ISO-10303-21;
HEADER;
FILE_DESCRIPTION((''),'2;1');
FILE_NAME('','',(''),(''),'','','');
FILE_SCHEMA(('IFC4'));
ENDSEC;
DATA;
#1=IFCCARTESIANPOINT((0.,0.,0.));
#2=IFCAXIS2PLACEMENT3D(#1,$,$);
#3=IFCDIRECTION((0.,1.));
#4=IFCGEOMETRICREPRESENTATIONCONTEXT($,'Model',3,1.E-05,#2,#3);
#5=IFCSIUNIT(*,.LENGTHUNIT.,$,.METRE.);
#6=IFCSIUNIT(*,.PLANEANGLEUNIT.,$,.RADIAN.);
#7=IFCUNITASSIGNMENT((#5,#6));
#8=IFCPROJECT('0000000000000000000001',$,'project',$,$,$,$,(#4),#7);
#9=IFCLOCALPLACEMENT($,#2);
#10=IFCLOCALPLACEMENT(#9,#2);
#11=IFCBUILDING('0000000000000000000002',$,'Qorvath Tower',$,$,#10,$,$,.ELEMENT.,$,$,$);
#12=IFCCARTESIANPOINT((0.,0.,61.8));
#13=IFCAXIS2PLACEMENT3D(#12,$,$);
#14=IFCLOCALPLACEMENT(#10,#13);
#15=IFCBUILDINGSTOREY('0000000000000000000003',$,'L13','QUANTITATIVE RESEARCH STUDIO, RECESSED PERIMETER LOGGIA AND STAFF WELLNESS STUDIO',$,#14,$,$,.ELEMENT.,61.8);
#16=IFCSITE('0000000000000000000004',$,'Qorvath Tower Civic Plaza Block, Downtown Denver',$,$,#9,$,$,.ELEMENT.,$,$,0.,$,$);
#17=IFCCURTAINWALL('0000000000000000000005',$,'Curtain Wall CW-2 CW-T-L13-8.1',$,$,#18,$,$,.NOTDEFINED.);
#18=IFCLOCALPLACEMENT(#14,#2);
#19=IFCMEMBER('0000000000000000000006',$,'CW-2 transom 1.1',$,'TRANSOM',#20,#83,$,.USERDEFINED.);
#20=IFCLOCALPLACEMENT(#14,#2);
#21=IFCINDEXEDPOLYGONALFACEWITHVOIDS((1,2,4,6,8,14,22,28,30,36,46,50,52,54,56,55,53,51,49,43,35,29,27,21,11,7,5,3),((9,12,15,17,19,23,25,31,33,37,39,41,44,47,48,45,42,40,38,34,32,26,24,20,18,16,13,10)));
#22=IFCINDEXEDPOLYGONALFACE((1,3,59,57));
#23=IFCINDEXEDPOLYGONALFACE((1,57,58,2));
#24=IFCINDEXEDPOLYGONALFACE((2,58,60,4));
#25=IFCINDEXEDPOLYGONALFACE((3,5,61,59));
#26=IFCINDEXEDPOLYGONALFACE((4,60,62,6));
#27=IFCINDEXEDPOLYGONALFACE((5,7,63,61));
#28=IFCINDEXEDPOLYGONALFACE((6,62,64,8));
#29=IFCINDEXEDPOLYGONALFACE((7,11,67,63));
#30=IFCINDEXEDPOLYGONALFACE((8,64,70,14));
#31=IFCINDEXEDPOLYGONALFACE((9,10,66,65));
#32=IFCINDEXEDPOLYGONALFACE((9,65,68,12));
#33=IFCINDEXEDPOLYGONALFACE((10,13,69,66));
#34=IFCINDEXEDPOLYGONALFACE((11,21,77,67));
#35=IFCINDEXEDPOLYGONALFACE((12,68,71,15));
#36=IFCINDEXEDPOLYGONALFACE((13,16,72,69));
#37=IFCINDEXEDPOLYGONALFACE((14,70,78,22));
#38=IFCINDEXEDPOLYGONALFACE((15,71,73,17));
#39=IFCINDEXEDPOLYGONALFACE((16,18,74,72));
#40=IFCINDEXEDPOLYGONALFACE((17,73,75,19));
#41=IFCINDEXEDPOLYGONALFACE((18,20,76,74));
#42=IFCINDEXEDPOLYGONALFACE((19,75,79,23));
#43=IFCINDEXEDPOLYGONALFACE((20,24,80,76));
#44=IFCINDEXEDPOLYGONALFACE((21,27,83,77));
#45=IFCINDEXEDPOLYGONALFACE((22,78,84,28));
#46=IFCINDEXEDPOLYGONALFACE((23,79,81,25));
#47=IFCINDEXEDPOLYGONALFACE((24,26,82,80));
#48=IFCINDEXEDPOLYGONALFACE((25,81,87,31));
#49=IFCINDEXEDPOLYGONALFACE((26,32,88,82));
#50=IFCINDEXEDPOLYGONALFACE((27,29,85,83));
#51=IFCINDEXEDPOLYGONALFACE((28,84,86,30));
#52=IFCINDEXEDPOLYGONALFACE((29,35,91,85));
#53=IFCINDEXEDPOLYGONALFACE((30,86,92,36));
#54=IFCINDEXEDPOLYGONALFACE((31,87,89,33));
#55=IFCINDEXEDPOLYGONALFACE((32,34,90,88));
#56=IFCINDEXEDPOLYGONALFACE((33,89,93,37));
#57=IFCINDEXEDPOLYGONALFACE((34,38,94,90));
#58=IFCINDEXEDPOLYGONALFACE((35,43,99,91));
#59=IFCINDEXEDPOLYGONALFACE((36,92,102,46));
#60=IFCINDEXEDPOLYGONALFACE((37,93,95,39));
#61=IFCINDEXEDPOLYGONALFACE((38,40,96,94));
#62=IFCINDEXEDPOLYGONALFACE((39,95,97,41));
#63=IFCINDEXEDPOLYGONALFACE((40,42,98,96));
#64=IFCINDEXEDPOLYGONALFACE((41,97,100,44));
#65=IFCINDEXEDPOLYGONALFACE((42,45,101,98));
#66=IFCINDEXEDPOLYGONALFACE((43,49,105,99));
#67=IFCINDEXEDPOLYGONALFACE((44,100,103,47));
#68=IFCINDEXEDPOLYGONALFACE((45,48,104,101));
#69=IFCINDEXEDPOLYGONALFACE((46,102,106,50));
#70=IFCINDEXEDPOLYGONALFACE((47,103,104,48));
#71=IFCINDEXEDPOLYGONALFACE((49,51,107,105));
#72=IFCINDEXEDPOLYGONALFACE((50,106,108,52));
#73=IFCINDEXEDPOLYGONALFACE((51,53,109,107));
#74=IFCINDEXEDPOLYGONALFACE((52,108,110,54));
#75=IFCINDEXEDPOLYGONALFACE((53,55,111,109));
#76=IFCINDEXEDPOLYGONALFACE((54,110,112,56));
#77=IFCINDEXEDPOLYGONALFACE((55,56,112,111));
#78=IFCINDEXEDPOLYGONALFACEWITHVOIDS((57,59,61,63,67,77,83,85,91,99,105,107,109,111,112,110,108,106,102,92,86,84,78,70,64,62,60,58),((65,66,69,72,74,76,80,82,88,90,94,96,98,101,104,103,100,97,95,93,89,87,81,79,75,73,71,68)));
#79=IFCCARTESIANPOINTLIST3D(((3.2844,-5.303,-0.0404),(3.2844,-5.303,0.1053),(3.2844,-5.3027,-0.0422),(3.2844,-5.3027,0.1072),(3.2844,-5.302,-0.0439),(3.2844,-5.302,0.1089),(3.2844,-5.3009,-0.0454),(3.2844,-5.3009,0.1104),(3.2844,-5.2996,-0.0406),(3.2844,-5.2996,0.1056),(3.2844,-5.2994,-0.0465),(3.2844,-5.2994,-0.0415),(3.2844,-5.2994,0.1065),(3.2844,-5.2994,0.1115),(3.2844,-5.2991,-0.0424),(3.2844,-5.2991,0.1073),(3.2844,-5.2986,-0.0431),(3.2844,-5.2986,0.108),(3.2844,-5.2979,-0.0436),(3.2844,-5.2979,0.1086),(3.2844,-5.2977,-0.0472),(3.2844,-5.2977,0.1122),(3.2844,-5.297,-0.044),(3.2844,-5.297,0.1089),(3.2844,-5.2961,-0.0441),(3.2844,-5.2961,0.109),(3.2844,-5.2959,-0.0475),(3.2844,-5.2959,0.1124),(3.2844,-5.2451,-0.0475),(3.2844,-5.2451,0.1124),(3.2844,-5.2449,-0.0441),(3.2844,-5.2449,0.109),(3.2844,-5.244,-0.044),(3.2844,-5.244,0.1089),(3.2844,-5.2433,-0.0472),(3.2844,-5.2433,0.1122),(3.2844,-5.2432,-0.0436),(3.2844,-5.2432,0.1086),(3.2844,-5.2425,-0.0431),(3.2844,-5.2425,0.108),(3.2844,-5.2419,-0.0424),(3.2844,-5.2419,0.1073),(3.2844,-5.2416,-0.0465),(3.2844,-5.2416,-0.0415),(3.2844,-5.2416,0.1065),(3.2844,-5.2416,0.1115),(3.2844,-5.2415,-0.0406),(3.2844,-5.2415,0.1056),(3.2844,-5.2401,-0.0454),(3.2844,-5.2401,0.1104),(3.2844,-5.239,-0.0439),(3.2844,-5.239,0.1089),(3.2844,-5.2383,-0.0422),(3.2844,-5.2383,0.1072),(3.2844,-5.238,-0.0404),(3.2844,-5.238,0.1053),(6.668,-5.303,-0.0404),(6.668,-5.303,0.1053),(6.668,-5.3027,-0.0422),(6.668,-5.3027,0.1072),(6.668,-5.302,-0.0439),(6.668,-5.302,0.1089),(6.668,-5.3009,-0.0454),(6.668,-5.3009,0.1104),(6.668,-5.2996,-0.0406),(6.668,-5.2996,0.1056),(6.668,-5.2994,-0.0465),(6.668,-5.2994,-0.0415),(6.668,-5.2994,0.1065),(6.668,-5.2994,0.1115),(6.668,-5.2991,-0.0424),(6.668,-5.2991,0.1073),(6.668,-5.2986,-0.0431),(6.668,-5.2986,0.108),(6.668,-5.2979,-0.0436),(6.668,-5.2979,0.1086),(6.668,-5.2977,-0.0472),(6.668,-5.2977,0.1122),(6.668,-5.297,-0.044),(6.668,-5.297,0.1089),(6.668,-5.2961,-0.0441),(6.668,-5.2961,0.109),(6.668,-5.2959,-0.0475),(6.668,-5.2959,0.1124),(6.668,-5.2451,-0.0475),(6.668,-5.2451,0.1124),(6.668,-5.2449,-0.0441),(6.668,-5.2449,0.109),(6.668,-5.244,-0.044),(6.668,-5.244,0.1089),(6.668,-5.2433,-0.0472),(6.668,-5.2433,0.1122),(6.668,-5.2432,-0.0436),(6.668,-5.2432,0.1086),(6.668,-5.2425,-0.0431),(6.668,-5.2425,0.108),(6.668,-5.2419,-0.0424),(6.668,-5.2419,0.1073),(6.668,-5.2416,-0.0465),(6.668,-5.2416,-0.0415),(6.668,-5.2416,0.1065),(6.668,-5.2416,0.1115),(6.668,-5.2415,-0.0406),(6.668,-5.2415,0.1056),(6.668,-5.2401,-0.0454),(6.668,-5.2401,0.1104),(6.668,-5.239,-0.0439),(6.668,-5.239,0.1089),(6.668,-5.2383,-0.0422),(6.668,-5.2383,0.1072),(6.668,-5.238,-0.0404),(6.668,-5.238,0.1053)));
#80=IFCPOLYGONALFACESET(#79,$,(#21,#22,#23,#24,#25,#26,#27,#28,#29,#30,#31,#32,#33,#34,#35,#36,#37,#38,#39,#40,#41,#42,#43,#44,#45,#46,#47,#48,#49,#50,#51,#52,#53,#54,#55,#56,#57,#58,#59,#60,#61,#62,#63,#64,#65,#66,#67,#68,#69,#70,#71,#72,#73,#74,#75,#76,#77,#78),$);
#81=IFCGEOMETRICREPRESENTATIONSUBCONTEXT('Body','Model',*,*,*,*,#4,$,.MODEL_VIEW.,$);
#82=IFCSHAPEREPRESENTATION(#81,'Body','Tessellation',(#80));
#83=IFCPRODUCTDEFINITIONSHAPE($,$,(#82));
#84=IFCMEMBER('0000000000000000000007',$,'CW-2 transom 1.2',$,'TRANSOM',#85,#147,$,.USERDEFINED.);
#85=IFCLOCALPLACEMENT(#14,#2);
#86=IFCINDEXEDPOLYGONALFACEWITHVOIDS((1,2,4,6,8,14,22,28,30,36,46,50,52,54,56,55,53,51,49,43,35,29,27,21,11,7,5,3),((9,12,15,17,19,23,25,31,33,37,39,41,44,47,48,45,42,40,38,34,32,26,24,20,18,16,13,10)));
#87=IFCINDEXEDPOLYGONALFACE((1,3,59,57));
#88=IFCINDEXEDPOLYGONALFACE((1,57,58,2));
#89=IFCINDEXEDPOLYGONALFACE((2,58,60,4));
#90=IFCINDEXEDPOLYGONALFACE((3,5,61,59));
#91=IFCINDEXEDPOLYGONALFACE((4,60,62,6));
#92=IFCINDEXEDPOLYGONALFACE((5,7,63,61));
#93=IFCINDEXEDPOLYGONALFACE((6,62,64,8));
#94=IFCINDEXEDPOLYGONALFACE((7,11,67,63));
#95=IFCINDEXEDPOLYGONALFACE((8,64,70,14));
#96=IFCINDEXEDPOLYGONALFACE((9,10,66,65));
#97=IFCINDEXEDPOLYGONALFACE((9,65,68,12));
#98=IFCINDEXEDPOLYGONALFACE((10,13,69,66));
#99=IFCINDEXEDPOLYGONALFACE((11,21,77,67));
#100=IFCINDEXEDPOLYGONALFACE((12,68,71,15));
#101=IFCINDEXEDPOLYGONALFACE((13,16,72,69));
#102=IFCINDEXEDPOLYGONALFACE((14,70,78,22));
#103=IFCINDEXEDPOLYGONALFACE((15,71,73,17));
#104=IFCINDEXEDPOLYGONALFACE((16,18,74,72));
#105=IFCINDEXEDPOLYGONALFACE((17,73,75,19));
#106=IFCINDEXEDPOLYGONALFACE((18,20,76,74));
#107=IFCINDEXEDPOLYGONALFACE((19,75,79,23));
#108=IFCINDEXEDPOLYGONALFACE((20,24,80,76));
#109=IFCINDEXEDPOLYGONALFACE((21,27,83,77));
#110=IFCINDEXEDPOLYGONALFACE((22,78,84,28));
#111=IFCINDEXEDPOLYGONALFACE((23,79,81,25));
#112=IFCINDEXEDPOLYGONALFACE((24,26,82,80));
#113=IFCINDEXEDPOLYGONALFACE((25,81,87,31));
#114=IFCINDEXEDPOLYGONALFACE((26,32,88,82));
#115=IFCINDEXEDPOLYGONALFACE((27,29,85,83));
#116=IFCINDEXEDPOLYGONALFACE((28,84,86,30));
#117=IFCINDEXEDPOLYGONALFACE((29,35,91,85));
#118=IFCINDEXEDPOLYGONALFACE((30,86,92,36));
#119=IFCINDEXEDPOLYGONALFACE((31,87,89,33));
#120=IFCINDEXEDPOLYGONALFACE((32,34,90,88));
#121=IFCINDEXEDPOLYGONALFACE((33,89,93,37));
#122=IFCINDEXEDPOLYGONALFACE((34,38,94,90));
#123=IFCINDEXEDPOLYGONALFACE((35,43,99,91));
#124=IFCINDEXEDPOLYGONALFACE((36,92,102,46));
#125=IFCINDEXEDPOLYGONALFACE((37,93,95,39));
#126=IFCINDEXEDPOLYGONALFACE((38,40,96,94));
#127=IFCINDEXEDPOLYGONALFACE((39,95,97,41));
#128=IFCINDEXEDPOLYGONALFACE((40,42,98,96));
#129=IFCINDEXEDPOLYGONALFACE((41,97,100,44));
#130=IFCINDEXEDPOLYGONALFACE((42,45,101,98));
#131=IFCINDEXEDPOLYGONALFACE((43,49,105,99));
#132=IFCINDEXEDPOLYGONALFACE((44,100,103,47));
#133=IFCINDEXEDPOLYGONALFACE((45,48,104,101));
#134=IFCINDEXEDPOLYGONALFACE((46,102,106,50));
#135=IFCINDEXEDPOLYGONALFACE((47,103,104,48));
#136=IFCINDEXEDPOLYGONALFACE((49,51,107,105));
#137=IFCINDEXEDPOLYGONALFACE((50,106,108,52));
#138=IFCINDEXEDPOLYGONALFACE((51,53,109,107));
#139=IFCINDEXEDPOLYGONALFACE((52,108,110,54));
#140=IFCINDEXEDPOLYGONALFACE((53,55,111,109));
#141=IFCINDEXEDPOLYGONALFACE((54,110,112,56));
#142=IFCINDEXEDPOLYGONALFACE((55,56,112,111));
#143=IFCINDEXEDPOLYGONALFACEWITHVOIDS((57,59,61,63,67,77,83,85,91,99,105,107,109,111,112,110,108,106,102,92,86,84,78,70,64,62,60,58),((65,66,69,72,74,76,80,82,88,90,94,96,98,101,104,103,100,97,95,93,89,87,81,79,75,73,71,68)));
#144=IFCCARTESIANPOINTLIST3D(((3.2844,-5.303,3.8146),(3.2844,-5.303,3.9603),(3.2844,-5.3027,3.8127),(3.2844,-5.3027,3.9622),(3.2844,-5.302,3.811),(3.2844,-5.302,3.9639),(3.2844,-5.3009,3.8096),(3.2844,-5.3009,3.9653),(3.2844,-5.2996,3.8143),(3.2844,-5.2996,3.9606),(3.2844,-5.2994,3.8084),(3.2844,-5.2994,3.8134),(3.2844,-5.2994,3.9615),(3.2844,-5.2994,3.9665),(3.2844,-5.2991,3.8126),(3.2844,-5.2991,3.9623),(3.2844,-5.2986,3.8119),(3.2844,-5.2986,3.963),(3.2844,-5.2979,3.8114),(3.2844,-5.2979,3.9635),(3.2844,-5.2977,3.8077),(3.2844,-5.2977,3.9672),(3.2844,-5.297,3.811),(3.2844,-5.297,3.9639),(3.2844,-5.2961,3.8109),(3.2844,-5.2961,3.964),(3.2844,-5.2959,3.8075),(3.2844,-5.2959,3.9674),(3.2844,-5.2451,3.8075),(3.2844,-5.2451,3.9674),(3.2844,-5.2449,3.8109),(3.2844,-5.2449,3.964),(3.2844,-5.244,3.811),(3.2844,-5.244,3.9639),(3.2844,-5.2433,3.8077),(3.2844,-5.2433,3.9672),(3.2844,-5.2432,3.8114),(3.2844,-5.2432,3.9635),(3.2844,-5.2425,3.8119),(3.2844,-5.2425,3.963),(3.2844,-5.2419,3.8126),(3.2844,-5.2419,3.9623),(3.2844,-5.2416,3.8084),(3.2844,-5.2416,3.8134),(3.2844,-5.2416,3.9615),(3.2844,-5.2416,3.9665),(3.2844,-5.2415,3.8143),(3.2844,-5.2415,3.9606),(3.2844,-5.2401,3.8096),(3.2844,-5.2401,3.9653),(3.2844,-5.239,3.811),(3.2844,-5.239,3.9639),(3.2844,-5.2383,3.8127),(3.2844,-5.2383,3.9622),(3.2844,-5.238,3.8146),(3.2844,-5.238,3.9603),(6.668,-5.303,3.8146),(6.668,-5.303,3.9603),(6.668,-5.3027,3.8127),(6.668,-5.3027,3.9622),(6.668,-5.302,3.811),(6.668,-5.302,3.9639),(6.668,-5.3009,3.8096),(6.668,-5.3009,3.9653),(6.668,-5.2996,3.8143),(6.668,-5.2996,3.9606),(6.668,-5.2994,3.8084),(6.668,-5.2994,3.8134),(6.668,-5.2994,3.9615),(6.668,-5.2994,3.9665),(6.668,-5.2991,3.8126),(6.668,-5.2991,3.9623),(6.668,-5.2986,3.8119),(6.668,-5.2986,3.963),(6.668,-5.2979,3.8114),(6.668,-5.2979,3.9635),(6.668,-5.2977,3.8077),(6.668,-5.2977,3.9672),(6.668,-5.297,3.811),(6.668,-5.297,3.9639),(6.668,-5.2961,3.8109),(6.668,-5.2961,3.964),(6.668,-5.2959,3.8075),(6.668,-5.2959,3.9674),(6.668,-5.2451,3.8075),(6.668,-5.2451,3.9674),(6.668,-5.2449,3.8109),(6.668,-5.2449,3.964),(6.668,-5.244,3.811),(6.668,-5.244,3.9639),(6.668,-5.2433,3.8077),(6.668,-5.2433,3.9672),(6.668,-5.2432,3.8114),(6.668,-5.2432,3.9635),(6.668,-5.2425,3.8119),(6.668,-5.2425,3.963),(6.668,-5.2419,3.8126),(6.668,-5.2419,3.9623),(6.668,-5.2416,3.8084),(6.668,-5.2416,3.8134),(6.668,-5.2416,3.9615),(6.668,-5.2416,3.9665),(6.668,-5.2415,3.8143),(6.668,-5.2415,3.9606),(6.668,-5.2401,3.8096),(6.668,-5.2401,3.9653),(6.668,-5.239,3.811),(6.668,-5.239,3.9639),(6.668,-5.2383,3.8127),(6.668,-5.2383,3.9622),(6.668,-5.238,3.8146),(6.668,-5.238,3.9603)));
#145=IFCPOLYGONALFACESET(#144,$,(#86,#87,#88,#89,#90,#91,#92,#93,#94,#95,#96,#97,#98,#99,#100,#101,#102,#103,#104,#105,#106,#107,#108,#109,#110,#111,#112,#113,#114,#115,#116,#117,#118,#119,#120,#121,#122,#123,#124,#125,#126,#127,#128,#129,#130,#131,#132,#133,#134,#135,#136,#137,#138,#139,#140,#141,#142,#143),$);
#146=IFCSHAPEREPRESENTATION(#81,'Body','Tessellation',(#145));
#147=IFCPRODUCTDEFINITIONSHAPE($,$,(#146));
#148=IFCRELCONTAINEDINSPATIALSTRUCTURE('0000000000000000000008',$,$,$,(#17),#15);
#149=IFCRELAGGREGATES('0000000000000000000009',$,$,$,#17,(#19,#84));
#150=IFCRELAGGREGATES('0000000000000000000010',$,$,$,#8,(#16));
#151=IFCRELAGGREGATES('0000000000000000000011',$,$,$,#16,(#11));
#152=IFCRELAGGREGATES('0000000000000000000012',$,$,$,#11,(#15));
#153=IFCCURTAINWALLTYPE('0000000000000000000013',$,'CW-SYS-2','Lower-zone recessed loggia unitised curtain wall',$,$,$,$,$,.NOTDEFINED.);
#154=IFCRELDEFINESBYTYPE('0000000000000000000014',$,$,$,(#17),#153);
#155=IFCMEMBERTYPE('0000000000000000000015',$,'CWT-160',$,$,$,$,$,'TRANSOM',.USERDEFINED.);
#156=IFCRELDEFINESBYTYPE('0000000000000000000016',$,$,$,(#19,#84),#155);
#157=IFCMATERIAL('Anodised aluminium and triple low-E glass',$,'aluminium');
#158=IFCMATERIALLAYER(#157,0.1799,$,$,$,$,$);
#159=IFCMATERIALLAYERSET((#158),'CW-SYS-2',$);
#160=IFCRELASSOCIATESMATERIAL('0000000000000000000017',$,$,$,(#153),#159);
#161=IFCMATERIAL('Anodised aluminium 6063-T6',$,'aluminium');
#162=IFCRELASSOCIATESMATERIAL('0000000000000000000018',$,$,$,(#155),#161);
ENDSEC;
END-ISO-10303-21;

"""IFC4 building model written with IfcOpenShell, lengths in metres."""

from ifc_helpers import new_model, si_unit, direction, frame, origin, origin_2d, place, context, subcontext, project, spatial, hollow_rectangle, extrude, material, layer, layer_set, material_profile, profile_set, type_object, element, aggregate, save


model = new_model("IFC4")

# Units and contexts
model_context = context("Model", 3, precision=1e-05, world=origin(), true_north=direction((0.0, 1.0)))
body_context = subcontext(model_context, "Body", "Model", "MODEL_VIEW")
ifc_project = project(units=[si_unit("LENGTHUNIT", "METRE"), si_unit("PLANEANGLEUNIT", "RADIAN")], contexts=[model_context])

# Site, building, storey
site_placement = place(None, origin())
site = spatial("IfcSite", under=ifc_project, at=site_placement, Name="Qorvath Tower Civic Plaza Block, Downtown Denver", CompositionType="ELEMENT", RefElevation=0.0)
building_placement = place(site_placement, origin())
building = spatial("IfcBuilding", under=site, at=building_placement, Name="Qorvath Tower", CompositionType="ELEMENT")
storey_placement = place(building_placement, frame((0.0, 0.0, 61.8)))
storey = spatial("IfcBuildingStorey", under=building, at=storey_placement, Name="L13", Description="QUANTITATIVE RESEARCH STUDIO, RECESSED PERIMETER LOGGIA AND STAFF WELLNESS STUDIO", CompositionType="ELEMENT", Elevation=61.8)

# Shared definitions
ifc_material_1 = material(Name="Anodised aluminium and triple low-E glass", Category="aluminium")
ifc_layer_1 = layer(ifc_material_1, 0.1799)
ifc_layer_set_1 = layer_set([ifc_layer_1], Name="CW-SYS-2")
curtain_wall_type = type_object("IfcCurtainWallType", Name="CW-SYS-2", Description="Lower-zone recessed loggia unitised curtain wall", PredefinedType="NOTDEFINED", material=ifc_layer_set_1)

# Curtain wall
curtain_wall_1_placement = place(storey_placement, origin())
curtain_wall_1 = element("IfcCurtainWall", 1, at=curtain_wall_1_placement, inside=storey, type_object=curtain_wall_type, Name="Curtain Wall CW-2 CW-T-L13-8.1", PredefinedType="NOTDEFINED")

# Members
ifc_material_2 = material(Name="Anodised aluminium 6063-T6", Category="aluminium")
ifc_material_profile_1 = material_profile(ifc_material_2, hollow_rectangle(XDim=0.0649, YDim=0.1599, WallThickness=0.0034, InnerFilletRadius=0.0034, OuterFilletRadius=0.0071, at=origin_2d()), Name="CWT 160x65")
ifc_profile_set_1 = profile_set([ifc_material_profile_1], Name="Anodised aluminium 6063-T6")
member_type_1 = type_object("IfcMemberType", Name="CWT-160", ElementType="TRANSOM", PredefinedType="USERDEFINED", material=ifc_profile_set_1)
member_1_placement = place(storey_placement, frame((6.668, -5.2705, 0.0325), z_axis=(-1.0, 0.0, 0.0), x_axis=(0.0, -1.0, 0.0)))
member_1 = element("IfcMember", 2, at=member_1_placement, type_object=member_type_1, Name="CW-2 transom 1.1", ObjectType="TRANSOM", PredefinedType="USERDEFINED", context=body_context, shape_type="SweptSolid", body=[
    extrude(hollow_rectangle(XDim=0.0649, YDim=0.1599, WallThickness=0.0034, InnerFilletRadius=0.0034, OuterFilletRadius=0.0071, at=origin_2d()), origin(), (0.0, 0.0, 1.0), 3.3835),
])
member_2_placement = place(storey_placement, frame((6.668, -5.2705, 3.8875), z_axis=(-1.0, 0.0, 0.0), x_axis=(0.0, -1.0, 0.0)))
member_2 = element("IfcMember", 3, at=member_2_placement, type_object=member_type_1, Name="CW-2 transom 1.2", ObjectType="TRANSOM", PredefinedType="USERDEFINED", context=body_context, shape_type="SweptSolid", body=[
    extrude(hollow_rectangle(XDim=0.0649, YDim=0.1599, WallThickness=0.0034, InnerFilletRadius=0.0034, OuterFilletRadius=0.0071, at=origin_2d()), origin(), (0.0, 0.0, 1.0), 3.3835),
])

aggregate(curtain_wall_1, [member_1, member_2])

save(model, "model.ifc")
